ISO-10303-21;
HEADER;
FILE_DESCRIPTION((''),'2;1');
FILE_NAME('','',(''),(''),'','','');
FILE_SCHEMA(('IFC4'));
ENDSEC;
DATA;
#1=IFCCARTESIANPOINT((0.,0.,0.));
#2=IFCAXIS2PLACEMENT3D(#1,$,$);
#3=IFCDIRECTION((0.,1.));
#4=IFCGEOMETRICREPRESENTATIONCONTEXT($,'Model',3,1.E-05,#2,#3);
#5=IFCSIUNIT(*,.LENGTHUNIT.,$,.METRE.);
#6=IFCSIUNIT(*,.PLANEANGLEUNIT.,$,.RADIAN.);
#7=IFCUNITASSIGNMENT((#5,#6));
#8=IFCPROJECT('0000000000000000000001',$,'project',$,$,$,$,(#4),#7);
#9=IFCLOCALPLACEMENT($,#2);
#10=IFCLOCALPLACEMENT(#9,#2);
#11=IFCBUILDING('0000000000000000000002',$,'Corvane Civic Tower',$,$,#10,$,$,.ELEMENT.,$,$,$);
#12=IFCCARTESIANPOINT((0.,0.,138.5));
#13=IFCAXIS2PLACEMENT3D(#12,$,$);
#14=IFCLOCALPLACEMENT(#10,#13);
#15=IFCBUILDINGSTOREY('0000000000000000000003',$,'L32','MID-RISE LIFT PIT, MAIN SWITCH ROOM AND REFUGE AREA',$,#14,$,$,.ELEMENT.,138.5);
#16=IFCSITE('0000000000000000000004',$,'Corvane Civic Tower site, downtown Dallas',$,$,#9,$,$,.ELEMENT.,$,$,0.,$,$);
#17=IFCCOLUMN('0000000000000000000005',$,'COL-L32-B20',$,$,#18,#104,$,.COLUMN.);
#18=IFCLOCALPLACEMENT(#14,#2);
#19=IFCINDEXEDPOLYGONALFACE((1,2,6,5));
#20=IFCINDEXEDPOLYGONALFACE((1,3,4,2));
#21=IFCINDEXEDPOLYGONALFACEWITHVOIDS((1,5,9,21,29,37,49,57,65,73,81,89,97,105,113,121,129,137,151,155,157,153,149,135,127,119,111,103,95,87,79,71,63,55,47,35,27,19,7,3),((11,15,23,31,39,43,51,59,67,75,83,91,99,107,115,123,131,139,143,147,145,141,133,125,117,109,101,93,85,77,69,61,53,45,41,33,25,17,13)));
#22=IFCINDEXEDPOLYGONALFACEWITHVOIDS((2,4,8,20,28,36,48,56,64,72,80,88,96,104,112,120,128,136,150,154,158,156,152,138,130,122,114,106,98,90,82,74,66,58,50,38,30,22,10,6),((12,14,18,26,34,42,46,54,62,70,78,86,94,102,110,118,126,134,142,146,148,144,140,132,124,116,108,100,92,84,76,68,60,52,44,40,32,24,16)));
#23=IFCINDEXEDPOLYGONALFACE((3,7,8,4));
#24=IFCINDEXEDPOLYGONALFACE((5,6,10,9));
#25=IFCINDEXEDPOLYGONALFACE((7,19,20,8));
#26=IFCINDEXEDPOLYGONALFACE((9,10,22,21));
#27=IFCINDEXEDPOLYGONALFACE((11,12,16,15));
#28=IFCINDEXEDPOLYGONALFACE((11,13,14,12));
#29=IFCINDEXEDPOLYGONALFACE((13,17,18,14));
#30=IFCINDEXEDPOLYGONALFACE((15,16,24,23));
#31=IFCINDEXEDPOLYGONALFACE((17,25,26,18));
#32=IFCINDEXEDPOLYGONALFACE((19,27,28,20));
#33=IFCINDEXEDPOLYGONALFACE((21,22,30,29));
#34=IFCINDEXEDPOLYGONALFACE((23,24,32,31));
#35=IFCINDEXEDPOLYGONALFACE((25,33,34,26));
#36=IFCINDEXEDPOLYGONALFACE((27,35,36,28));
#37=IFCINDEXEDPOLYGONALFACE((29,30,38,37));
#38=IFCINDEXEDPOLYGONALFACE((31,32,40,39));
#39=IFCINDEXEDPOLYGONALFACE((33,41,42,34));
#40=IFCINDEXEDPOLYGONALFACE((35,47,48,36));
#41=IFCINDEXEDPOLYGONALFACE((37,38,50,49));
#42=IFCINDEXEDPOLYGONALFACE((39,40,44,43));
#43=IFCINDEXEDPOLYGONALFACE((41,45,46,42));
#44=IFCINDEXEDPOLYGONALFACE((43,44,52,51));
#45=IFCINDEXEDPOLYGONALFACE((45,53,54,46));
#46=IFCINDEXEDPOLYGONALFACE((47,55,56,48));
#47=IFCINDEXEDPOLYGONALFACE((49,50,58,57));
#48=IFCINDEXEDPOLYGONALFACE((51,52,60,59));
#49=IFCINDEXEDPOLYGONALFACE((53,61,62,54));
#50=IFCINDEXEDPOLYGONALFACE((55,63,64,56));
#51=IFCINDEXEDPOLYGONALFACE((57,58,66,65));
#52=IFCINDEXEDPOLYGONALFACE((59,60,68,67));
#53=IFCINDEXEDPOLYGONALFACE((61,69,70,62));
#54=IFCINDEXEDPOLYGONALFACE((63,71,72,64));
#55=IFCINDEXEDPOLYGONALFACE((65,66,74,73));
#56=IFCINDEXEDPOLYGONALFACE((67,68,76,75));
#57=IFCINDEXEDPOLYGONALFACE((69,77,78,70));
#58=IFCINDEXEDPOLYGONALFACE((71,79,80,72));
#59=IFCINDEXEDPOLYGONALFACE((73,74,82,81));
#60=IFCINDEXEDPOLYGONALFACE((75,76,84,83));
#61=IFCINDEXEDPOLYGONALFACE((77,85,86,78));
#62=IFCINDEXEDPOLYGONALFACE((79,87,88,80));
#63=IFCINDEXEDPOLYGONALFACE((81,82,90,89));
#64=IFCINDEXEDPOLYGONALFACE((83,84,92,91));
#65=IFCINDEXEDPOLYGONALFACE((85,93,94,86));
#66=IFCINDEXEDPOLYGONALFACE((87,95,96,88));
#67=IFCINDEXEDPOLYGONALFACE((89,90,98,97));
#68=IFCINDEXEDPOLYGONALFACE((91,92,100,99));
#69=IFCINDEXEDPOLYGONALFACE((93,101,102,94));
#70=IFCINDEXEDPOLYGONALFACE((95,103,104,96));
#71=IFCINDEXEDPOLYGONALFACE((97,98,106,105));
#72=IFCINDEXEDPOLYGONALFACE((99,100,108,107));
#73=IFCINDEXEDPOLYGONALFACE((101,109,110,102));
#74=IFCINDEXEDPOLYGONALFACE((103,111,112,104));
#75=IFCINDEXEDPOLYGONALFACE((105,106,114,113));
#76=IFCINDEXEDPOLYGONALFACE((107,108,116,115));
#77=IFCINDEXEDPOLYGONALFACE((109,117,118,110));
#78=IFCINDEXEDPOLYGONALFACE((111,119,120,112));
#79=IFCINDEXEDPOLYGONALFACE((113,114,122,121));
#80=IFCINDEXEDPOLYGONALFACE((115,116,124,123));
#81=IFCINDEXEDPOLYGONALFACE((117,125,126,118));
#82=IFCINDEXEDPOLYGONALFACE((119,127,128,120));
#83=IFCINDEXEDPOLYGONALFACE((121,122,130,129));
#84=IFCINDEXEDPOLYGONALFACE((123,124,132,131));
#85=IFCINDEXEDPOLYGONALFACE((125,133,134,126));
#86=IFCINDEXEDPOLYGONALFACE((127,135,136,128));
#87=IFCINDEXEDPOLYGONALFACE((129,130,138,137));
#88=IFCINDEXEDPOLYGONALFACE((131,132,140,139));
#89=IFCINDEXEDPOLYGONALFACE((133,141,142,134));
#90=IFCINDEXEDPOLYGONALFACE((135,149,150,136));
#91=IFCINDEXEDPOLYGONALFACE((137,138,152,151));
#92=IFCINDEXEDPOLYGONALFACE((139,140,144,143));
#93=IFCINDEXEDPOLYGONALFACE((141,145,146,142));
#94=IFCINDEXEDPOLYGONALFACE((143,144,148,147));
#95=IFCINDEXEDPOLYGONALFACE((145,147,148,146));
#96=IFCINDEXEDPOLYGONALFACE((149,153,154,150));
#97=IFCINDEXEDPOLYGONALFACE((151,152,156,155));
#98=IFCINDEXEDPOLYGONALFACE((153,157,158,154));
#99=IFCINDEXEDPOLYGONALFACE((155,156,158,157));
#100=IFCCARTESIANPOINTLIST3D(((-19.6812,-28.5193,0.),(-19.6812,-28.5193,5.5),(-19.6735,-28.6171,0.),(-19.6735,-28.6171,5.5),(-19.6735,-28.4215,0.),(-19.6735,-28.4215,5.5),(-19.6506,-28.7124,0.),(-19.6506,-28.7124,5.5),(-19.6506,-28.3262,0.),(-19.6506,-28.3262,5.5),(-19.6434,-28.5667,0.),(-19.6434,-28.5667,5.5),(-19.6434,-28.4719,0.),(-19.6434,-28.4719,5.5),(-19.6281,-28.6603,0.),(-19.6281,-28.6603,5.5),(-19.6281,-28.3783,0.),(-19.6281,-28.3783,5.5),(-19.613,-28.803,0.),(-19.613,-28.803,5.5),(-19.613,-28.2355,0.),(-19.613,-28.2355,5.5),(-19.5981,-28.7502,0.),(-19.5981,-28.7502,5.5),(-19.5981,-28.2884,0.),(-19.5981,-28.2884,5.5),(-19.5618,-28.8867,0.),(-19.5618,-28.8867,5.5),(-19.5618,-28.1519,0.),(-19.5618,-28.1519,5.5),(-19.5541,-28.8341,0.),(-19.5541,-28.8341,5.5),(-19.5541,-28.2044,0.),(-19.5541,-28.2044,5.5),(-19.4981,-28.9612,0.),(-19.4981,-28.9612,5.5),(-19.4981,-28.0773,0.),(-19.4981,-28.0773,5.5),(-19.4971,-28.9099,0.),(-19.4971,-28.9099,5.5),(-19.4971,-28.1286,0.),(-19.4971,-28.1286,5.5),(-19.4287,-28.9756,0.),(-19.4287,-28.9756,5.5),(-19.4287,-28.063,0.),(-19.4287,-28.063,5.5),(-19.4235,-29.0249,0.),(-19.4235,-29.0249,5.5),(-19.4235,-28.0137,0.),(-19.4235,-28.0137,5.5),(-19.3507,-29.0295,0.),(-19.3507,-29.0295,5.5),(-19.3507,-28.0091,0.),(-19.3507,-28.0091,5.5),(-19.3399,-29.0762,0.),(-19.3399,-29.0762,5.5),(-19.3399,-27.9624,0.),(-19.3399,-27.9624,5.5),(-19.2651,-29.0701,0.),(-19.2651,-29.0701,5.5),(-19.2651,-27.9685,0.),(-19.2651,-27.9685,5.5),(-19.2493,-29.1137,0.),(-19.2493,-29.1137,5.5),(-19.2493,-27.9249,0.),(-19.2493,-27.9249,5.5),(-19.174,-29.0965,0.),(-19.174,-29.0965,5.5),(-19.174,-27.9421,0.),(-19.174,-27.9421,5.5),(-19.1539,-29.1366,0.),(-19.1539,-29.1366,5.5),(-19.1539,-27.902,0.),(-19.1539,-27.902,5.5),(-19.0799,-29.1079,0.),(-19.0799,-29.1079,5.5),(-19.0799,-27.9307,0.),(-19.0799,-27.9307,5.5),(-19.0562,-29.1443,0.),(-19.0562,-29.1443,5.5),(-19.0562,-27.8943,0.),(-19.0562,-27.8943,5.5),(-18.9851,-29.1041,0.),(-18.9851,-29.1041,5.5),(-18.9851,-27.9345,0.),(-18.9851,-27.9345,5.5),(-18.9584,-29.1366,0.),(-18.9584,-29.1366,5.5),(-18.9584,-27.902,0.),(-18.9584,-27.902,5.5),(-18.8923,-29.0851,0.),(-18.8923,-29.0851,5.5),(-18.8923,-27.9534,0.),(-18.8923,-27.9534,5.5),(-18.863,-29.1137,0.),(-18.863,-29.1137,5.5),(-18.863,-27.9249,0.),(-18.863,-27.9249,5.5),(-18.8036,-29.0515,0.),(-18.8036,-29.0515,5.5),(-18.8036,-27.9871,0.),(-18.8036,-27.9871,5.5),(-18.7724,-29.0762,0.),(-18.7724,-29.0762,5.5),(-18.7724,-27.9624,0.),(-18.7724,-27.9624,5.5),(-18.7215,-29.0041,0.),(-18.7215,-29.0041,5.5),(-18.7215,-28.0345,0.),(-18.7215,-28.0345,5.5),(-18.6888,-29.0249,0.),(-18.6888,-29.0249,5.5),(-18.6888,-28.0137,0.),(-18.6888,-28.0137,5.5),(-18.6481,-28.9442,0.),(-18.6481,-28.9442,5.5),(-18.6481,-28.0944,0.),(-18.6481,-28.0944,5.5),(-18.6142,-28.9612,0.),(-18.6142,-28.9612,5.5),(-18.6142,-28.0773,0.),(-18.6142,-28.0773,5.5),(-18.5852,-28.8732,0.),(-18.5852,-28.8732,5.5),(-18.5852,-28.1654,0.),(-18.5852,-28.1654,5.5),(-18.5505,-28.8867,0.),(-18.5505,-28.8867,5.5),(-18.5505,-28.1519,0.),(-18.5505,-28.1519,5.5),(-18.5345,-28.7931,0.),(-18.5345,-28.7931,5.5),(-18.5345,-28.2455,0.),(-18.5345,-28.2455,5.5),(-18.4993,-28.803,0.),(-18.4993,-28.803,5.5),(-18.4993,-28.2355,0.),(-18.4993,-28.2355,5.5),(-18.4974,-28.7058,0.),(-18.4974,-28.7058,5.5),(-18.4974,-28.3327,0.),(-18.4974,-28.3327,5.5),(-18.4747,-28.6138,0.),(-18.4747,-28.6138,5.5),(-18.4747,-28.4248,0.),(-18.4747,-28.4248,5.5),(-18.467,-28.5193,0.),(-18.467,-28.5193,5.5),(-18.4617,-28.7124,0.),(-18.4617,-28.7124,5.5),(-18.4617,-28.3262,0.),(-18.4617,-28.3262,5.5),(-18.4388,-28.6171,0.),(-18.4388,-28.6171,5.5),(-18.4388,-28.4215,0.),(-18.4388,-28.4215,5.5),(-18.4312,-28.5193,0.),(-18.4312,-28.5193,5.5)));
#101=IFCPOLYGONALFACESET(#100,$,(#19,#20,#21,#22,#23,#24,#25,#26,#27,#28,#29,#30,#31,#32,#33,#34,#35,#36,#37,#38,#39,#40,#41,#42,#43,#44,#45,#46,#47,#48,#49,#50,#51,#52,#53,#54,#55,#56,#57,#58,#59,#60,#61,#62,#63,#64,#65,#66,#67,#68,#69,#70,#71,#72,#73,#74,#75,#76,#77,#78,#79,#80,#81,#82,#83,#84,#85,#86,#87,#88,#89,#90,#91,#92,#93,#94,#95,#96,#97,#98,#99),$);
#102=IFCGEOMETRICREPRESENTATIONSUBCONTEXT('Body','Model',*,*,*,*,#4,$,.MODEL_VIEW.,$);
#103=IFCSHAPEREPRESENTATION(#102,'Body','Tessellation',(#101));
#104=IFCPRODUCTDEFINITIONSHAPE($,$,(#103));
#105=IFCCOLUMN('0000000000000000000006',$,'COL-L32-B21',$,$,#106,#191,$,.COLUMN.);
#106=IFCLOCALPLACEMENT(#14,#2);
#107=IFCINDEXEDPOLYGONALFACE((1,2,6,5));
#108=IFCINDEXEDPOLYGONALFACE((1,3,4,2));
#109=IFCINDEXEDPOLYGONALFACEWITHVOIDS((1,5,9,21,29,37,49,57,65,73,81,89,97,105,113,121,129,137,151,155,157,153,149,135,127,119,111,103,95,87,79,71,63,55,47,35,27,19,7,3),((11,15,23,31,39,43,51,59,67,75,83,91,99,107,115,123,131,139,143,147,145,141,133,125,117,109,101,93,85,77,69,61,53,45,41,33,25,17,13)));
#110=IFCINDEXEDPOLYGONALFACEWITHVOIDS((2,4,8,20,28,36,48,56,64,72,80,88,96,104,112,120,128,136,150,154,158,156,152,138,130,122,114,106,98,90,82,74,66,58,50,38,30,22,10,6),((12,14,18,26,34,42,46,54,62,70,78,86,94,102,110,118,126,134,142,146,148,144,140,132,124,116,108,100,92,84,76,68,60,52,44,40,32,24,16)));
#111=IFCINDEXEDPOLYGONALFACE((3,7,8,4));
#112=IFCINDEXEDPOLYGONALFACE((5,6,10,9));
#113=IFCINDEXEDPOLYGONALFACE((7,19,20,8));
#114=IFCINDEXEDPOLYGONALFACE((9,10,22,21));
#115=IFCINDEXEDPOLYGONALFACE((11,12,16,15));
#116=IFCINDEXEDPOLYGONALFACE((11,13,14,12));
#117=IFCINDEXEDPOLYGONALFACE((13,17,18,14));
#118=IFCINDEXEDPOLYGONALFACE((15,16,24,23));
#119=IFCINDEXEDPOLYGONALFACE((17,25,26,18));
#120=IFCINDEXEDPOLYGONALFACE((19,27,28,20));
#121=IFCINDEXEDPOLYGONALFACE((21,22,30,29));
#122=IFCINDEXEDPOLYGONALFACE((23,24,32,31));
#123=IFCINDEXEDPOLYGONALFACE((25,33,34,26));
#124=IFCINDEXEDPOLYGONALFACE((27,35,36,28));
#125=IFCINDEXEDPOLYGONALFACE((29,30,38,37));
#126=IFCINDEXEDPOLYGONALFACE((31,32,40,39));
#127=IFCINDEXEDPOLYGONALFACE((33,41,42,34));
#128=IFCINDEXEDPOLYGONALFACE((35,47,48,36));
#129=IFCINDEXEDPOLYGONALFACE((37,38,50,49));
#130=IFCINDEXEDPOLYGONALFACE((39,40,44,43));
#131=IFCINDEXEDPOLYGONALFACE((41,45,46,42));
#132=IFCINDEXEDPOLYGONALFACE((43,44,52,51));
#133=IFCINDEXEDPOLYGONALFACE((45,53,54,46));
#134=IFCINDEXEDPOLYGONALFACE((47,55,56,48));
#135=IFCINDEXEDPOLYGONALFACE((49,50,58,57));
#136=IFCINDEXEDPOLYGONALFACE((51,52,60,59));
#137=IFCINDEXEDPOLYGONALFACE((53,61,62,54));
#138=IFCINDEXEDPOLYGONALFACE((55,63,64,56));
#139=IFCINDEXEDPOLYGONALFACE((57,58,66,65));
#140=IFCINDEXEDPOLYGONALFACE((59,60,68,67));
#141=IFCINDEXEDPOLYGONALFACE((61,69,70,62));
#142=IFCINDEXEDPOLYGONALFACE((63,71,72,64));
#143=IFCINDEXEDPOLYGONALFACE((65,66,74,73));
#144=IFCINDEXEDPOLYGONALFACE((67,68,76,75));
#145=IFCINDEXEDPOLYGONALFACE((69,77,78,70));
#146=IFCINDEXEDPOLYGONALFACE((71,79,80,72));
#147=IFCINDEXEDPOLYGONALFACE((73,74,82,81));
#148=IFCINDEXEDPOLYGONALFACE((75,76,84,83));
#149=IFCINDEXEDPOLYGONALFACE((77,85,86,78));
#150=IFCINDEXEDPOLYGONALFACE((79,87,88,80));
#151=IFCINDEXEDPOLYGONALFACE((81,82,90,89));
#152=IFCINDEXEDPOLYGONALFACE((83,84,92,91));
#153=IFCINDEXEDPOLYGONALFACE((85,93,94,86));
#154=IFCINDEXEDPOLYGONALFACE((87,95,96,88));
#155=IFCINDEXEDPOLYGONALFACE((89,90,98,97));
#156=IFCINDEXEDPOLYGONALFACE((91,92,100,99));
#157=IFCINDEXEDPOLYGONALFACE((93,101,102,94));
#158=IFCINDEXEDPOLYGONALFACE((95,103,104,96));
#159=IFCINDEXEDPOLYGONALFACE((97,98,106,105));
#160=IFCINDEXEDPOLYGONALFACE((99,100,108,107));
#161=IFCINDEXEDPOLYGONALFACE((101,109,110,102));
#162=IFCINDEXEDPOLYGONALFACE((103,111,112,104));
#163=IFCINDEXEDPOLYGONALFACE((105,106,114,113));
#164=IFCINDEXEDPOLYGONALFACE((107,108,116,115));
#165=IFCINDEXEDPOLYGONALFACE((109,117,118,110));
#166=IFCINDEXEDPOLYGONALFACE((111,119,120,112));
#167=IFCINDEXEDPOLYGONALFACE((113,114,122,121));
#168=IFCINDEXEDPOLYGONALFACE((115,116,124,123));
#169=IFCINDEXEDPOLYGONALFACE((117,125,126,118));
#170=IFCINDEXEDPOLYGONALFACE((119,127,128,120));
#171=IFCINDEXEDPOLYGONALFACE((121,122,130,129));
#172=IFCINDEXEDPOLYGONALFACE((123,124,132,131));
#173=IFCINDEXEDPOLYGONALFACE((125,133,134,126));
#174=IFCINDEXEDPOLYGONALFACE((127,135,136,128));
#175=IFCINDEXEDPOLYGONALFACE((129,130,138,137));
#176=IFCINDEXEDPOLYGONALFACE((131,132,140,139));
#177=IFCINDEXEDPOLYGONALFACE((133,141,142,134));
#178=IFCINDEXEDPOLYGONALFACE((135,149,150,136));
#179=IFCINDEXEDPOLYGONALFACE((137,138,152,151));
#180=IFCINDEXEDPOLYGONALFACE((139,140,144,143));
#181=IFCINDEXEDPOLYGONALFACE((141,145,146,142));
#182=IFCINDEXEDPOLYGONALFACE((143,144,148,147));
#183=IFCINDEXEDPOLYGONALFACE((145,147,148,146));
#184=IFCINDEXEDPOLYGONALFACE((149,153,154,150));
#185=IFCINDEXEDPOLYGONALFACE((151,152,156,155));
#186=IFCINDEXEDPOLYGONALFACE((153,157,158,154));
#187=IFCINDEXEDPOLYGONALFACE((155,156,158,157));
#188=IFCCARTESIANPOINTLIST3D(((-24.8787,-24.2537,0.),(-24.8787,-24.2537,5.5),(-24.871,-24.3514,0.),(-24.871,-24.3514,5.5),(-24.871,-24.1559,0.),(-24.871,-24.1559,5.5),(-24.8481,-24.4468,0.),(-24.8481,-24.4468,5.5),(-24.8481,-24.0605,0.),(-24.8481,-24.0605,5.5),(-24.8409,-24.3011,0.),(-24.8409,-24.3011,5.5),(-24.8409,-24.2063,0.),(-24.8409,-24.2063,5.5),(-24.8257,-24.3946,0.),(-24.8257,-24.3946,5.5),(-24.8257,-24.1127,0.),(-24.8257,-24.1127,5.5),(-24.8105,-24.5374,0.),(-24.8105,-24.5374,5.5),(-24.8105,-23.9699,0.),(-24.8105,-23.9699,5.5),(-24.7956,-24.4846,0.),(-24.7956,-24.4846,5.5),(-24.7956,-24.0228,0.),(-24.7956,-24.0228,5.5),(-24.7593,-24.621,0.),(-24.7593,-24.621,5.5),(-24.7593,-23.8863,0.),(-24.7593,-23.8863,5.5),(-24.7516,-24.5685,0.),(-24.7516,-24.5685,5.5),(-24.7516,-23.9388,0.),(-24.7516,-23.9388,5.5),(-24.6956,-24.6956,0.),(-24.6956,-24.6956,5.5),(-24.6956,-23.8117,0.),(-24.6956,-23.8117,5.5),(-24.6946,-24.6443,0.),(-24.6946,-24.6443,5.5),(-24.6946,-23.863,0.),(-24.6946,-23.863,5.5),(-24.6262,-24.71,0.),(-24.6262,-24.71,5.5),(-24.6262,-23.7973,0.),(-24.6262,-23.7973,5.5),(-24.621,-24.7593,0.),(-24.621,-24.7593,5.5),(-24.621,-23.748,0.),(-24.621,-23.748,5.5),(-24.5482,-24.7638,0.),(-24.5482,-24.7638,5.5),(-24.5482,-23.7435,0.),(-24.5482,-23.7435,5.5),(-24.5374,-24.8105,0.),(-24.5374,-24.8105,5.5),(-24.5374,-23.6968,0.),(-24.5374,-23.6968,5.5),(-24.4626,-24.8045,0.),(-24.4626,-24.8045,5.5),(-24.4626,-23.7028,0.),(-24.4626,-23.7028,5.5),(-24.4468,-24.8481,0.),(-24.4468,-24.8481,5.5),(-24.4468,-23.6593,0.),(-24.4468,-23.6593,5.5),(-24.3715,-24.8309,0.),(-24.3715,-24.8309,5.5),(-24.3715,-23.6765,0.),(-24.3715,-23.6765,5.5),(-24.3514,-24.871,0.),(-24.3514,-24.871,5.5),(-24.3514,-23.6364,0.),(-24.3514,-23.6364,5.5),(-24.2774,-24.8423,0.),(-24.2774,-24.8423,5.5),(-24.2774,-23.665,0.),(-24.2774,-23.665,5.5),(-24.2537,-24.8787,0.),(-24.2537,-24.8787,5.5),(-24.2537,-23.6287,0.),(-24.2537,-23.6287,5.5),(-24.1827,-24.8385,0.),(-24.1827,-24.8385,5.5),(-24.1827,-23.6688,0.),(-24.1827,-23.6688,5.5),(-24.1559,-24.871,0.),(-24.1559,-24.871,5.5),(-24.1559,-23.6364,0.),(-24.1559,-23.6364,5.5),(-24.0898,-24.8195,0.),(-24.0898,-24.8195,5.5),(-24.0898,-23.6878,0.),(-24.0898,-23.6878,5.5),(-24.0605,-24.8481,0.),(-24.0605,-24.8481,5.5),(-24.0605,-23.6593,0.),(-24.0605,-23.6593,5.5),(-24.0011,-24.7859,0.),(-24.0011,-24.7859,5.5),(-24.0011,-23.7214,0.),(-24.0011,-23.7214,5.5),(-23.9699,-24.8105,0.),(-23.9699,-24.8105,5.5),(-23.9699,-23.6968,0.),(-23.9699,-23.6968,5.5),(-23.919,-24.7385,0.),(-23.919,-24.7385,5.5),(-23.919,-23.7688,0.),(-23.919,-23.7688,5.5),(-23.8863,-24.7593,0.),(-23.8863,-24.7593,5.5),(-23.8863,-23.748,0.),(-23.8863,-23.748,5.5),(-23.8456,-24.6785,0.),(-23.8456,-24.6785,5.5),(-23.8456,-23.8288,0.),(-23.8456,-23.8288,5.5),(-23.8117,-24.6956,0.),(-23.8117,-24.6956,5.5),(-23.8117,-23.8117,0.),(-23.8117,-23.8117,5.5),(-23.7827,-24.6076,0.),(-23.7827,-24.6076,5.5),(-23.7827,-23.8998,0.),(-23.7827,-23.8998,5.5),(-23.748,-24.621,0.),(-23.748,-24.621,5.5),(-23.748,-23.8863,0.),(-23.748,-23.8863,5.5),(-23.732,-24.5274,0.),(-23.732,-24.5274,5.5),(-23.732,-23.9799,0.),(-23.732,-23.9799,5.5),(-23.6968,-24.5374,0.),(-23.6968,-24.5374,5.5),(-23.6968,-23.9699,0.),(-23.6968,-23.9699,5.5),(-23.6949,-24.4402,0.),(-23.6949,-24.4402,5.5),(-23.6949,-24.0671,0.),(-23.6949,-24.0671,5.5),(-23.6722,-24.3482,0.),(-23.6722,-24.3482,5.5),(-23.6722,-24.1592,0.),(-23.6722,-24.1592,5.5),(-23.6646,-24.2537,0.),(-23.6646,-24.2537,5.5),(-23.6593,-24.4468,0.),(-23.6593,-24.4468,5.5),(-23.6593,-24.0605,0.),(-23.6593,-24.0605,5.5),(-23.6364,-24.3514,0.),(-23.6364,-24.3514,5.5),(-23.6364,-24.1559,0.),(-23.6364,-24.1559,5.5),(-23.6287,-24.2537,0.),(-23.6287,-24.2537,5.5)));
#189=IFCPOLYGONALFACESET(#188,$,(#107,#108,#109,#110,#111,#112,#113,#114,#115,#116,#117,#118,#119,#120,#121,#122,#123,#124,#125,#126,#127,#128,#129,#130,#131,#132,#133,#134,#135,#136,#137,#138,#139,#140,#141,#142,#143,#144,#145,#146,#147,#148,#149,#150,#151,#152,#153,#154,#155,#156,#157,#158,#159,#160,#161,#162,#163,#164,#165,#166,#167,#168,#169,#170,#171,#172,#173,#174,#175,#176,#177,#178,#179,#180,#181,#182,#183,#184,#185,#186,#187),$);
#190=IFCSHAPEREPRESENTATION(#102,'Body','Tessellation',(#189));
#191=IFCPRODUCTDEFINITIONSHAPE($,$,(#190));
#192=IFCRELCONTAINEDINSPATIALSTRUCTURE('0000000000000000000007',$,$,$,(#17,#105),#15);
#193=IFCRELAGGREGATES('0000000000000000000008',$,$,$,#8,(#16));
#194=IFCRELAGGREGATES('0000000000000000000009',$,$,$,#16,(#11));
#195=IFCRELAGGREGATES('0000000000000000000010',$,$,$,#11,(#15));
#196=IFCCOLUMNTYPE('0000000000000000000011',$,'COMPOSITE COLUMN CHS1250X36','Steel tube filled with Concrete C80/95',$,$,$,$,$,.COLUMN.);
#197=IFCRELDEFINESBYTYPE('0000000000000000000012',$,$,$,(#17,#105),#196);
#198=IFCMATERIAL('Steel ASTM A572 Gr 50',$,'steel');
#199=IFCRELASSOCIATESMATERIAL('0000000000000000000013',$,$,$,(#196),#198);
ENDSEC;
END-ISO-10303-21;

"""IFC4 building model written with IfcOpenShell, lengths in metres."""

from ifc_helpers import new_model, si_unit, direction, frame, origin, origin_2d, place, context, subcontext, project, spatial, hollow_circle, extrude, material, material_profile, profile_set, type_object, element, save


model = new_model("IFC4")

# Units and contexts
model_context = context("Model", 3, precision=1e-05, world=origin(), true_north=direction((0.0, 1.0)))
body_context = subcontext(model_context, "Body", "Model", "MODEL_VIEW")
ifc_project = project(units=[si_unit("LENGTHUNIT", "METRE"), si_unit("PLANEANGLEUNIT", "RADIAN")], contexts=[model_context])

# Site, building, storey
site_placement = place(None, origin())
site = spatial("IfcSite", under=ifc_project, at=site_placement, Name="Corvane Civic Tower site, downtown Dallas", CompositionType="ELEMENT", RefElevation=0.0)
building_placement = place(site_placement, origin())
building = spatial("IfcBuilding", under=site, at=building_placement, Name="Corvane Civic Tower", CompositionType="ELEMENT")
storey_placement = place(building_placement, frame((0.0, 0.0, 138.5)))
storey = spatial("IfcBuildingStorey", under=building, at=storey_placement, Name="L32", Description="MID-RISE LIFT PIT, MAIN SWITCH ROOM AND REFUGE AREA", CompositionType="ELEMENT", Elevation=138.5)

# Columns
ifc_material_1 = material(Name="Steel ASTM A572 Gr 50", Category="steel")
ifc_material_profile_1 = material_profile(ifc_material_1, hollow_circle(Radius=0.625, WallThickness=0.0359, at=origin_2d()), Name="CHS1250X36")
ifc_profile_set_1 = profile_set([ifc_material_profile_1], Name="Steel ASTM A572 Gr 50")
column_type = type_object("IfcColumnType", Name="COMPOSITE COLUMN CHS1250X36", Description="Steel tube filled with Concrete C80/95", PredefinedType="COLUMN", material=ifc_profile_set_1)
for number, where, z_axis, x_axis, name in (
    (1, (-19.0562, -28.5193, 0.0), (0.0, 0.0, 1.0), (1.0, 0.0, 0.0), "COL-L32-B20"),
    (2, (-24.2537, -24.2537, 0.0), (0.0, 0.0, 1.0), (1.0, 0.0, 0.0), "COL-L32-B21"),
):
    element("IfcColumn", number, at=place(storey_placement, frame(where, z_axis=z_axis, x_axis=x_axis)), inside=storey, type_object=column_type, Name=name, PredefinedType="COLUMN", context=body_context, shape_type="SweptSolid", body=[
        extrude(hollow_circle(Radius=0.625, WallThickness=0.0359, at=origin_2d()), origin(), (0.0, 0.0, 1.0), 5.5),
    ])

save(model, "model.ifc")
